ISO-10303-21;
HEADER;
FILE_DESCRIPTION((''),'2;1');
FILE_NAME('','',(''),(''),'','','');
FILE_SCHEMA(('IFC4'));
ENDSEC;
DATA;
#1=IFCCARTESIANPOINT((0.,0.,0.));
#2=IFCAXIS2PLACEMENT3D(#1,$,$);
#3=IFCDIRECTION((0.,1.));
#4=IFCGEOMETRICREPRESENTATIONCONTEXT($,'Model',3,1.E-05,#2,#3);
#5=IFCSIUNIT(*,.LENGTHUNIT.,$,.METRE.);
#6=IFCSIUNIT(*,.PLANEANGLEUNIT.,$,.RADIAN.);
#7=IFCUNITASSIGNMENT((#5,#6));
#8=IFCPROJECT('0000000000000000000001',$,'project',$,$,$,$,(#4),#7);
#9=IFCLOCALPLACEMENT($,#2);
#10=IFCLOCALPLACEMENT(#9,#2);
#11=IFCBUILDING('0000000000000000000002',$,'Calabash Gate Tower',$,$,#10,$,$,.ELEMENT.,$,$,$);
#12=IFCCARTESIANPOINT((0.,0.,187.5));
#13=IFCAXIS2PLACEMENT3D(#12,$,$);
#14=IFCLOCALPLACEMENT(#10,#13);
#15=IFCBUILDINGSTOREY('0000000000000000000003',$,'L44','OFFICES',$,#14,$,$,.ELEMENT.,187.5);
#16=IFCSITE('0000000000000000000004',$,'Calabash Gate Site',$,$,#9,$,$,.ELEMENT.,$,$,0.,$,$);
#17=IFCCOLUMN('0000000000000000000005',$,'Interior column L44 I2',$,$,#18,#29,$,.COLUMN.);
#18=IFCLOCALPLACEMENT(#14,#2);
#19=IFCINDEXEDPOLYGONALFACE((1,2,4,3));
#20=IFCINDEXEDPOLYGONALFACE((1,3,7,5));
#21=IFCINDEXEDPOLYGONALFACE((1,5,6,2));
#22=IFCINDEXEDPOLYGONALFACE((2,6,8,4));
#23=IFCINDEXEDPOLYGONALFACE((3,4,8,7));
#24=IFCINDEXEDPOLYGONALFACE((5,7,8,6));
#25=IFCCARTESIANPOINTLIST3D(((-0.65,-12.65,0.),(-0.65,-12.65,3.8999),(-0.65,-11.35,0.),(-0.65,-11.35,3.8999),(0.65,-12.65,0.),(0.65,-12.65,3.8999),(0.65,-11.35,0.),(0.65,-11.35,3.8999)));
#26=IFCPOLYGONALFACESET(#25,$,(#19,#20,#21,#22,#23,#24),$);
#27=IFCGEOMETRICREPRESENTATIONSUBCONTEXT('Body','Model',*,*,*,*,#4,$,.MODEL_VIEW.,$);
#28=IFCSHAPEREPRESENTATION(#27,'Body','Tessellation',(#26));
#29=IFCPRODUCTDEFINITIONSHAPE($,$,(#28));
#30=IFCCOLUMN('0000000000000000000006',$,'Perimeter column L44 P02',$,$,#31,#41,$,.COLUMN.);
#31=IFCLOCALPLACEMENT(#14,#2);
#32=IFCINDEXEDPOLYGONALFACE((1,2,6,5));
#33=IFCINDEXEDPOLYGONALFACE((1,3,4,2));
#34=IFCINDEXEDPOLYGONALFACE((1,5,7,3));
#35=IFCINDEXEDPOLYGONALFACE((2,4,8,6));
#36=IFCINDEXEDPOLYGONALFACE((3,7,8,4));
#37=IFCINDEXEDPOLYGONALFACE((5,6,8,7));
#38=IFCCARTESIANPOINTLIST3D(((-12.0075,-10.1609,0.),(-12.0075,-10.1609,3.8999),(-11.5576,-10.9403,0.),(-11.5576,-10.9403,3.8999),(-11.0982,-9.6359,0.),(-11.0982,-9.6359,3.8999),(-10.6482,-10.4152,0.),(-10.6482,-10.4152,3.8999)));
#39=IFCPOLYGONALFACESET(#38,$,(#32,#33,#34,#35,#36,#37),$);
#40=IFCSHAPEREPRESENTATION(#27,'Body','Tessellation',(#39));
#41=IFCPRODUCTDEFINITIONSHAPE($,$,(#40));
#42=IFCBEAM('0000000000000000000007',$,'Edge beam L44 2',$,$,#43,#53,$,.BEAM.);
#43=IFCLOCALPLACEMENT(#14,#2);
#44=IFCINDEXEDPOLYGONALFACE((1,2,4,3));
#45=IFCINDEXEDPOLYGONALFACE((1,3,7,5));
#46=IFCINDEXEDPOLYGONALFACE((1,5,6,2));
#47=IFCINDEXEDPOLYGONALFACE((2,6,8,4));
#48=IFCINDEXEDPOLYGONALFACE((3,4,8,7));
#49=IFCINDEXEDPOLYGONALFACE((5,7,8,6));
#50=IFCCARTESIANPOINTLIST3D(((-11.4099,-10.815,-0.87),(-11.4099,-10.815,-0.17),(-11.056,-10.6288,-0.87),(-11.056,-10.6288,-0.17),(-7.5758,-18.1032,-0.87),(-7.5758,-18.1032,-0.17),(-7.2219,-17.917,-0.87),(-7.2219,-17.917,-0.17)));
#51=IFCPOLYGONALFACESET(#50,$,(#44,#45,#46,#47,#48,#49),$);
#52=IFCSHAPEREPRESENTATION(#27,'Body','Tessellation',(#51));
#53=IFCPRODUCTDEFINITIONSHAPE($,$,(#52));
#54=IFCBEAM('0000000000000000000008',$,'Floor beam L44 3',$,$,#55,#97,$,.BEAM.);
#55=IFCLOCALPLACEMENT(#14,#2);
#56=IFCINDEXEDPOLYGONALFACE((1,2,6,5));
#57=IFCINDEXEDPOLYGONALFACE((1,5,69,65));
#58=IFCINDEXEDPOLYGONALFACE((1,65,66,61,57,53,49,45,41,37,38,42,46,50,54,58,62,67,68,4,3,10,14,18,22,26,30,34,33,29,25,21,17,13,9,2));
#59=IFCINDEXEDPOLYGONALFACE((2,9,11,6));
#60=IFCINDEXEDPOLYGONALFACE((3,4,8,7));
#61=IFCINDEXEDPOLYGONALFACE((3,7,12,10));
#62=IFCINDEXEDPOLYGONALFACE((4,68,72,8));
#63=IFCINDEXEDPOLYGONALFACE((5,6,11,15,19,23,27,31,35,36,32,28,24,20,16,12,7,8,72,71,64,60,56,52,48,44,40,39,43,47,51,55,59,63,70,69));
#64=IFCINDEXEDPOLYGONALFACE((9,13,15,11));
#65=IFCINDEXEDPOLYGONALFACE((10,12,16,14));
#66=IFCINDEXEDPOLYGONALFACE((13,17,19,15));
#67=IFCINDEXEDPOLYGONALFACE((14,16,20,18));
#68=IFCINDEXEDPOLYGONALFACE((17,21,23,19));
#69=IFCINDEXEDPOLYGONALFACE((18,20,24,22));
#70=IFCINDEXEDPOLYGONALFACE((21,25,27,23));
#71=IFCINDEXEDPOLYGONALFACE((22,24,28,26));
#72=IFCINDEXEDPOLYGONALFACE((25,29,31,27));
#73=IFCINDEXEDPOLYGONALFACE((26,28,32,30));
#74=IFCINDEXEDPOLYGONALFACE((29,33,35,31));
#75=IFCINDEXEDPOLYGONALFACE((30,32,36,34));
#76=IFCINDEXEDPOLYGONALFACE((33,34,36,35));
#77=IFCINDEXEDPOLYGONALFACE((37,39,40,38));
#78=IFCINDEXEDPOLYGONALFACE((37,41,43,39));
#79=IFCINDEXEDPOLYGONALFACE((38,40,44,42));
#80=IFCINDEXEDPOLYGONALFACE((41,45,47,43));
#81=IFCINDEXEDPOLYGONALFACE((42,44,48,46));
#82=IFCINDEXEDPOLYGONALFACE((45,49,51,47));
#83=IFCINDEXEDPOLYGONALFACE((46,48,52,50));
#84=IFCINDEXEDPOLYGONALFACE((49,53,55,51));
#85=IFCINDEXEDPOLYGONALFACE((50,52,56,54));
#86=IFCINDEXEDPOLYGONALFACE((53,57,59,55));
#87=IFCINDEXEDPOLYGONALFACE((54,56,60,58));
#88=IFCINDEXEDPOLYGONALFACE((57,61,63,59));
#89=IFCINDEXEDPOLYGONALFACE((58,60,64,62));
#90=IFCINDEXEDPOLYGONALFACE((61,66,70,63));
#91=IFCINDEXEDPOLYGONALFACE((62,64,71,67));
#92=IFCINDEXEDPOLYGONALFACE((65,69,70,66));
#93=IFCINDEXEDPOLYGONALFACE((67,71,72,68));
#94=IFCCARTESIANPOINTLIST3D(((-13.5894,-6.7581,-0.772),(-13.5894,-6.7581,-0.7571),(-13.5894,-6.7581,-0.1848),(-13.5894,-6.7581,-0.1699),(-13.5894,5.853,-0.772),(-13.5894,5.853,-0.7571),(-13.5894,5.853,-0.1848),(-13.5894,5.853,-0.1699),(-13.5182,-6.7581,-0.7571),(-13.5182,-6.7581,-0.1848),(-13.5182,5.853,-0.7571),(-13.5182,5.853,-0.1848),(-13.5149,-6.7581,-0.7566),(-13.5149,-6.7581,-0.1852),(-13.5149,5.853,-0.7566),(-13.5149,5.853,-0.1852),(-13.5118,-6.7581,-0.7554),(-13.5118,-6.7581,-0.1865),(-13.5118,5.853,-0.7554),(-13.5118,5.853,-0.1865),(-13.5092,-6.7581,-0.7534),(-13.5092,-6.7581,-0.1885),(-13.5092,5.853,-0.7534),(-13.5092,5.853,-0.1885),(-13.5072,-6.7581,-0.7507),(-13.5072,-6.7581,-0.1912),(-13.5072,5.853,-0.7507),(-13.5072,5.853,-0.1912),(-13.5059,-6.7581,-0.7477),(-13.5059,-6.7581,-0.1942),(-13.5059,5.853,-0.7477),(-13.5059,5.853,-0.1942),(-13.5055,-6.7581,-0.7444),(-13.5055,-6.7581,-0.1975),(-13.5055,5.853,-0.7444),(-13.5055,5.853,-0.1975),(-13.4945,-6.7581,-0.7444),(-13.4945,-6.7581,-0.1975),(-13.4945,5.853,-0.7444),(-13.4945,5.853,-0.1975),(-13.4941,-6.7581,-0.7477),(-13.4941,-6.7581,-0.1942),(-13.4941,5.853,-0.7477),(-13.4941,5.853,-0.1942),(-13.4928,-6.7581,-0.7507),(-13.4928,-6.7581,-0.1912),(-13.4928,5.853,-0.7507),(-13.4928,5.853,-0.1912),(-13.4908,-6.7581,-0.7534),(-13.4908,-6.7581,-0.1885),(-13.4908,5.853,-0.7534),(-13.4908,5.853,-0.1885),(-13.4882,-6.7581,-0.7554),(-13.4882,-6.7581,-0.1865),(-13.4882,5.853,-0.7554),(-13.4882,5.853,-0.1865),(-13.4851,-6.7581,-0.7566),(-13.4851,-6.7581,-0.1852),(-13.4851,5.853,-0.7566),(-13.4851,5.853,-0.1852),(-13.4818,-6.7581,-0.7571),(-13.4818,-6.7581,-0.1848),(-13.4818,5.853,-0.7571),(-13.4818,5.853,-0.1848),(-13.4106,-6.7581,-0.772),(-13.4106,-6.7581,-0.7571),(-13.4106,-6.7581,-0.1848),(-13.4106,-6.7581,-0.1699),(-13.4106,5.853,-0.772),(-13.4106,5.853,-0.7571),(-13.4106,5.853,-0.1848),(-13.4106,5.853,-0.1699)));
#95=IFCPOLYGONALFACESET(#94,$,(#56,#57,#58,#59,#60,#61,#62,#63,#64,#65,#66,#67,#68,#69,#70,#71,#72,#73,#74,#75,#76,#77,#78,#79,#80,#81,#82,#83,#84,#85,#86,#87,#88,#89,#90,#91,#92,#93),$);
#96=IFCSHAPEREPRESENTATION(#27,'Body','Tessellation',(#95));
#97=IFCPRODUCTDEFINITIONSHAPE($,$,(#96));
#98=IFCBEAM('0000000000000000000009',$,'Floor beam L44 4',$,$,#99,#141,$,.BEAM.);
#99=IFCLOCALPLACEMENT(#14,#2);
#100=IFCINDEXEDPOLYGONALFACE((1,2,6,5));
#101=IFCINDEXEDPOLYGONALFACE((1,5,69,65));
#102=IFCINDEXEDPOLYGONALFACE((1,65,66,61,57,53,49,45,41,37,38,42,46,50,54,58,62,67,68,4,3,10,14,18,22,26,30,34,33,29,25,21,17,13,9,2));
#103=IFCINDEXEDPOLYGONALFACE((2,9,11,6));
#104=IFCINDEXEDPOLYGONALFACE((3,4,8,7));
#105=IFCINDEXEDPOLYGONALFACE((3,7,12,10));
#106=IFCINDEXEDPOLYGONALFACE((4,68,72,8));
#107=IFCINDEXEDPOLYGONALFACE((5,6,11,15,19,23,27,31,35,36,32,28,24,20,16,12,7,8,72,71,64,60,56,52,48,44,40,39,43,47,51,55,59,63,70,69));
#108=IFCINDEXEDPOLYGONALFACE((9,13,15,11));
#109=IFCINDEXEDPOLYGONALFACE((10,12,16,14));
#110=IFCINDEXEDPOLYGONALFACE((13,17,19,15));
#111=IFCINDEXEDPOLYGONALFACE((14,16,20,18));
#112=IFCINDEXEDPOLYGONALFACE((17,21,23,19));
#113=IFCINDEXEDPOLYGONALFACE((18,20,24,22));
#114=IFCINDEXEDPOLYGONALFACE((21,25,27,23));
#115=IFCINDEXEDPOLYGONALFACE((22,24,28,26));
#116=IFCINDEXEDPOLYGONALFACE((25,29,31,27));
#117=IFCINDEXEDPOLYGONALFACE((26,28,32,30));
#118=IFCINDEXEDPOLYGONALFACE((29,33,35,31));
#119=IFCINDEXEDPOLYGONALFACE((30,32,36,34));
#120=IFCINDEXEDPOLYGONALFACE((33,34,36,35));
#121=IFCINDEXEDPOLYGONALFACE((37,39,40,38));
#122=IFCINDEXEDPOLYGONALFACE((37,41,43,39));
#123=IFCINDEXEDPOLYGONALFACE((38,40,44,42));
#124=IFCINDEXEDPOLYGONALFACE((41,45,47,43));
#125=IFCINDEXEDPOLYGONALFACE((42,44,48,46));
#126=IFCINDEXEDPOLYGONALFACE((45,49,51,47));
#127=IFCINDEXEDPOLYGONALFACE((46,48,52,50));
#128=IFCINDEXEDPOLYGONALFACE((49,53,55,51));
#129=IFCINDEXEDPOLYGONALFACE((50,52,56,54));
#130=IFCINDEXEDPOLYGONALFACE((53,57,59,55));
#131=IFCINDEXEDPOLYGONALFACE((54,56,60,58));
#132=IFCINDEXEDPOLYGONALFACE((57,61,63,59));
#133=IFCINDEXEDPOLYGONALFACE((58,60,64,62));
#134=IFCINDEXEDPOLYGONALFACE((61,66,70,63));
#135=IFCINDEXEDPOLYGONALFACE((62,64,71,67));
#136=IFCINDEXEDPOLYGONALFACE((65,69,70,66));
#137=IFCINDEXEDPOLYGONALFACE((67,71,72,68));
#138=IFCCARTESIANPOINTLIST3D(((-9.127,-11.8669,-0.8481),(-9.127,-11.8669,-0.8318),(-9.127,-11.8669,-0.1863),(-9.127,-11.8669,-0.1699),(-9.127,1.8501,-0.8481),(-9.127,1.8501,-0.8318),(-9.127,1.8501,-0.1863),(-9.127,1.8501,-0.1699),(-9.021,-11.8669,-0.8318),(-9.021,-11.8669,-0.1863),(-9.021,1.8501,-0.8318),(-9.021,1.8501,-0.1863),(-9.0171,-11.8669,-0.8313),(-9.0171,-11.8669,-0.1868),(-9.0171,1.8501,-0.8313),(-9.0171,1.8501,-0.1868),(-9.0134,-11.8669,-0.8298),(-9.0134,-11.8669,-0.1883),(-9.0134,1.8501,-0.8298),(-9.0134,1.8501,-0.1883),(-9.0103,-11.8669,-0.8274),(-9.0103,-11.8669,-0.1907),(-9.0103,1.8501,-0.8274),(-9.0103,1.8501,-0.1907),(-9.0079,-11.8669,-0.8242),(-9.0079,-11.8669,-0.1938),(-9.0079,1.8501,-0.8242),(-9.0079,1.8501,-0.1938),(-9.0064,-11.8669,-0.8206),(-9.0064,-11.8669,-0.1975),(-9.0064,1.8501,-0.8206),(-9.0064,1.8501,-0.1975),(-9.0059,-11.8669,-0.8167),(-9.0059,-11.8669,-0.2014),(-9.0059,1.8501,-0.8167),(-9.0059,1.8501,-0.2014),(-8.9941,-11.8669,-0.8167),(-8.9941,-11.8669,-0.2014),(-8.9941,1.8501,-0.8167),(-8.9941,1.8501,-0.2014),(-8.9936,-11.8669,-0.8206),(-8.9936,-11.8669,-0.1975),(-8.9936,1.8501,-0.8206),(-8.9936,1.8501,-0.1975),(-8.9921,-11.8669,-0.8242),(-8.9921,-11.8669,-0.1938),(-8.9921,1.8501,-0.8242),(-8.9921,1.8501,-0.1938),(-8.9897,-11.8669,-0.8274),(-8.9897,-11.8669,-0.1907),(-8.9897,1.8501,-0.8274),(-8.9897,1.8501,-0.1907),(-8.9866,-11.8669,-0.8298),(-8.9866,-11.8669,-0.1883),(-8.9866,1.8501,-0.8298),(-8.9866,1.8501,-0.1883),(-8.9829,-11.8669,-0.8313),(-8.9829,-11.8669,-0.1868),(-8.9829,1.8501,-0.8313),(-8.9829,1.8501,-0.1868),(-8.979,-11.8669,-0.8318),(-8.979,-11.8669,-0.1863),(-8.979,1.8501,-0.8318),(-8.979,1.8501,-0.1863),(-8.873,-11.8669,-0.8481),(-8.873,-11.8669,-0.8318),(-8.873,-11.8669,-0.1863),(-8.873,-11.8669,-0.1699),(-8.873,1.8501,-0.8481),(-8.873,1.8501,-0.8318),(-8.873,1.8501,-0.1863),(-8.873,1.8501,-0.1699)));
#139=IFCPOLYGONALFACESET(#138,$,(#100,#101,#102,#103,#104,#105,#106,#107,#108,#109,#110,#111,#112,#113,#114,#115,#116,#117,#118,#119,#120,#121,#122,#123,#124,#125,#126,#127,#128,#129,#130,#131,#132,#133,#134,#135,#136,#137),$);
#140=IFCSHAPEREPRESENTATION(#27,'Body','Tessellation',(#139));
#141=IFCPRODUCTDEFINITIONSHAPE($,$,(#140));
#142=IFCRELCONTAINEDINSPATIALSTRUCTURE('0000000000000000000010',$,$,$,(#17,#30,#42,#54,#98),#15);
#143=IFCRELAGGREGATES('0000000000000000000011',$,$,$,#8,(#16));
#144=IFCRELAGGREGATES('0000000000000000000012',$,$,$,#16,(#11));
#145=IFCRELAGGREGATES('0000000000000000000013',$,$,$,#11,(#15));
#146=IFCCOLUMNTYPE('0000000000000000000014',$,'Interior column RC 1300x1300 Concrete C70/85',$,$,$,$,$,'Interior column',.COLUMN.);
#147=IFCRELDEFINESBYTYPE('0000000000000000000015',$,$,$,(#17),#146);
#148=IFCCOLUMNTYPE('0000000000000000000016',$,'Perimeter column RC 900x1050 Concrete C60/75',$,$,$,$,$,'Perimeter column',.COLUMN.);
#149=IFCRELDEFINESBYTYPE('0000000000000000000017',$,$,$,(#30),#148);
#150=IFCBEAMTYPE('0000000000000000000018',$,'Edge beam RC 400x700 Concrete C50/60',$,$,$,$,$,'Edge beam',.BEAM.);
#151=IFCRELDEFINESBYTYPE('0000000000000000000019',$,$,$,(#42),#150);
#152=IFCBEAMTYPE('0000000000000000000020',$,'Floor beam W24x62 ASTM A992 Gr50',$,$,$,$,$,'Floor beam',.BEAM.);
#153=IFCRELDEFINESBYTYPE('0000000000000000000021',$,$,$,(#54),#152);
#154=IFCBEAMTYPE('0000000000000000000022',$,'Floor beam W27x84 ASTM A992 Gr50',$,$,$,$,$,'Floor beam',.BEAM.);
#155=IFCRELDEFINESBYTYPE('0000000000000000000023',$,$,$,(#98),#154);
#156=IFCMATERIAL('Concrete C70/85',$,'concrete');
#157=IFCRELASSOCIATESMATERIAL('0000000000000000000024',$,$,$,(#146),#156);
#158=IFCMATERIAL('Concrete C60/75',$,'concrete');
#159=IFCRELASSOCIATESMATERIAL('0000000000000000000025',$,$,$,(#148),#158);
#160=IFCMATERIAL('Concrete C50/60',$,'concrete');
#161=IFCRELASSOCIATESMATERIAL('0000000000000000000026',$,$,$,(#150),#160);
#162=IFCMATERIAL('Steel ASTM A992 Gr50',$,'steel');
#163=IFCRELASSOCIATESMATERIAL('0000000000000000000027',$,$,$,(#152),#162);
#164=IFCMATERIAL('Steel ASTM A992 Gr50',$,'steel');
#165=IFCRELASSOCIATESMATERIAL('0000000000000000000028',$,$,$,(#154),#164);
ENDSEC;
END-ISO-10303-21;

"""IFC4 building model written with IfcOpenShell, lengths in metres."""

from ifc_helpers import new_model, si_unit, direction, frame, origin, origin_2d, place, context, subcontext, project, spatial, rectangle, i_section, extrude, material, material_profile, profile_set, type_object, element, save


model = new_model("IFC4")

# Units and contexts
model_context = context("Model", 3, precision=1e-05, world=origin(), true_north=direction((0.0, 1.0)))
body_context = subcontext(model_context, "Body", "Model", "MODEL_VIEW")
ifc_project = project(units=[si_unit("LENGTHUNIT", "METRE"), si_unit("PLANEANGLEUNIT", "RADIAN")], contexts=[model_context])

# Site, building, storey
site_placement = place(None, origin())
site = spatial("IfcSite", under=ifc_project, at=site_placement, Name="Calabash Gate Site", CompositionType="ELEMENT", RefElevation=0.0)
building_placement = place(site_placement, origin())
building = spatial("IfcBuilding", under=site, at=building_placement, Name="Calabash Gate Tower", CompositionType="ELEMENT")
storey_placement = place(building_placement, frame((0.0, 0.0, 187.5)))
storey = spatial("IfcBuildingStorey", under=building, at=storey_placement, Name="L44", Description="OFFICES", CompositionType="ELEMENT", Elevation=187.5)

# Columns
ifc_material_1 = material(Name="Concrete C70/85", Category="concrete")
ifc_material_profile_1 = material_profile(ifc_material_1, rectangle(XDim=1.3, YDim=1.3, at=origin_2d()))
ifc_profile_set_1 = profile_set([ifc_material_profile_1], Name="Concrete C70/85")
column_type_1 = type_object("IfcColumnType", Name="Interior column RC 1300x1300 Concrete C70/85", ElementType="Interior column", PredefinedType="COLUMN", material=ifc_profile_set_1)
column_1_placement = place(storey_placement, frame((0.0, -12.0, 0.0), z_axis=(0.0, 0.0, 1.0), x_axis=(1.0, 0.0, 0.0)))
element("IfcColumn", 1, at=column_1_placement, inside=storey, type_object=column_type_1, Name="Interior column L44 I2", PredefinedType="COLUMN", context=body_context, shape_type="SweptSolid", body=[
    extrude(rectangle(XDim=1.3, YDim=1.3, at=origin_2d()), origin(), (0.0, 0.0, 1.0), 3.8999),
])
ifc_material_2 = material(Name="Concrete C60/75", Category="concrete")
ifc_material_profile_2 = material_profile(ifc_material_2, rectangle(XDim=0.8999, YDim=1.05, at=origin_2d()))
ifc_profile_set_2 = profile_set([ifc_material_profile_2], Name="Concrete C60/75")
column_type_2 = type_object("IfcColumnType", Name="Perimeter column RC 900x1050 Concrete C60/75", ElementType="Perimeter column", PredefinedType="COLUMN", material=ifc_profile_set_2)
column_2_placement = place(storey_placement, frame((-11.3279, -10.2881, 0.0), z_axis=(0.0, 0.0, 1.0), x_axis=(0.5, -0.866025, 0.0)))
element("IfcColumn", 2, at=column_2_placement, inside=storey, type_object=column_type_2, Name="Perimeter column L44 P02", PredefinedType="COLUMN", context=body_context, shape_type="SweptSolid", body=[
    extrude(rectangle(XDim=0.8999, YDim=1.05, at=origin_2d()), origin(), (0.0, 0.0, 1.0), 3.8999),
])

# Beams
ifc_material_3 = material(Name="Concrete C50/60", Category="concrete")
ifc_material_profile_3 = material_profile(ifc_material_3, rectangle(XDim=0.3999, YDim=0.7, at=origin_2d()))
ifc_profile_set_3 = profile_set([ifc_material_profile_3], Name="Concrete C50/60")
beam_type_1 = type_object("IfcBeamType", Name="Edge beam RC 400x700 Concrete C50/60", ElementType="Edge beam", PredefinedType="BEAM", material=ifc_profile_set_3)
beam_1_placement = place(storey_placement, frame((-11.2329, -10.7219, -0.52), z_axis=(0.46557, -0.885011, 0.0), x_axis=(0.885011, 0.46557, 0.0)))
element("IfcBeam", 3, at=beam_1_placement, inside=storey, type_object=beam_type_1, Name="Edge beam L44 2", PredefinedType="BEAM", context=body_context, shape_type="SweptSolid", body=[
    extrude(rectangle(XDim=0.3999, YDim=0.7, at=origin_2d()), origin(), (0.0, 0.0, 1.0), 8.2351),
])
ifc_material_4 = material(Name="Steel ASTM A992 Gr50", Category="steel")
ifc_material_profile_4 = material_profile(ifc_material_4, i_section(OverallWidth=0.1787, OverallDepth=0.6021, WebThickness=0.011, FlangeThickness=0.0149, FilletRadius=0.0127, at=origin_2d()))
ifc_profile_set_4 = profile_set([ifc_material_profile_4], Name="Steel ASTM A992 Gr50")
beam_type_2 = type_object("IfcBeamType", Name="Floor beam W24x62 ASTM A992 Gr50", ElementType="Floor beam", PredefinedType="BEAM", material=ifc_profile_set_4)
beam_2_placement = place(storey_placement, frame((-13.5, -6.7581, -0.4709), z_axis=(0.0, 1.0, 0.0), x_axis=(-1.0, 0.0, 0.0)))
element("IfcBeam", 4, at=beam_2_placement, inside=storey, type_object=beam_type_2, Name="Floor beam L44 3", PredefinedType="BEAM", context=body_context, shape_type="SweptSolid", body=[
    extrude(i_section(OverallWidth=0.1787, OverallDepth=0.6021, WebThickness=0.011, FlangeThickness=0.0149, FilletRadius=0.0127, at=origin_2d()), origin(), (0.0, 0.0, 1.0), 12.6111),
])
ifc_material_5 = material(Name="Steel ASTM A992 Gr50", Category="steel")
ifc_material_profile_5 = material_profile(ifc_material_5, i_section(OverallWidth=0.2539, OverallDepth=0.6782, WebThickness=0.0117, FlangeThickness=0.0164, FilletRadius=0.0151, at=origin_2d()))
ifc_profile_set_5 = profile_set([ifc_material_profile_5], Name="Steel ASTM A992 Gr50")
beam_type_3 = type_object("IfcBeamType", Name="Floor beam W27x84 ASTM A992 Gr50", ElementType="Floor beam", PredefinedType="BEAM", material=ifc_profile_set_5)
beam_3_placement = place(storey_placement, frame((-9.0, -11.8669, -0.509), z_axis=(0.0, 1.0, 0.0), x_axis=(-1.0, 0.0, 0.0)))
element("IfcBeam", 5, at=beam_3_placement, inside=storey, type_object=beam_type_3, Name="Floor beam L44 4", PredefinedType="BEAM", context=body_context, shape_type="SweptSolid", body=[
    extrude(i_section(OverallWidth=0.2539, OverallDepth=0.6782, WebThickness=0.0117, FlangeThickness=0.0164, FilletRadius=0.0151, at=origin_2d()), origin(), (0.0, 0.0, 1.0), 13.717),
])

save(model, "model.ifc")
